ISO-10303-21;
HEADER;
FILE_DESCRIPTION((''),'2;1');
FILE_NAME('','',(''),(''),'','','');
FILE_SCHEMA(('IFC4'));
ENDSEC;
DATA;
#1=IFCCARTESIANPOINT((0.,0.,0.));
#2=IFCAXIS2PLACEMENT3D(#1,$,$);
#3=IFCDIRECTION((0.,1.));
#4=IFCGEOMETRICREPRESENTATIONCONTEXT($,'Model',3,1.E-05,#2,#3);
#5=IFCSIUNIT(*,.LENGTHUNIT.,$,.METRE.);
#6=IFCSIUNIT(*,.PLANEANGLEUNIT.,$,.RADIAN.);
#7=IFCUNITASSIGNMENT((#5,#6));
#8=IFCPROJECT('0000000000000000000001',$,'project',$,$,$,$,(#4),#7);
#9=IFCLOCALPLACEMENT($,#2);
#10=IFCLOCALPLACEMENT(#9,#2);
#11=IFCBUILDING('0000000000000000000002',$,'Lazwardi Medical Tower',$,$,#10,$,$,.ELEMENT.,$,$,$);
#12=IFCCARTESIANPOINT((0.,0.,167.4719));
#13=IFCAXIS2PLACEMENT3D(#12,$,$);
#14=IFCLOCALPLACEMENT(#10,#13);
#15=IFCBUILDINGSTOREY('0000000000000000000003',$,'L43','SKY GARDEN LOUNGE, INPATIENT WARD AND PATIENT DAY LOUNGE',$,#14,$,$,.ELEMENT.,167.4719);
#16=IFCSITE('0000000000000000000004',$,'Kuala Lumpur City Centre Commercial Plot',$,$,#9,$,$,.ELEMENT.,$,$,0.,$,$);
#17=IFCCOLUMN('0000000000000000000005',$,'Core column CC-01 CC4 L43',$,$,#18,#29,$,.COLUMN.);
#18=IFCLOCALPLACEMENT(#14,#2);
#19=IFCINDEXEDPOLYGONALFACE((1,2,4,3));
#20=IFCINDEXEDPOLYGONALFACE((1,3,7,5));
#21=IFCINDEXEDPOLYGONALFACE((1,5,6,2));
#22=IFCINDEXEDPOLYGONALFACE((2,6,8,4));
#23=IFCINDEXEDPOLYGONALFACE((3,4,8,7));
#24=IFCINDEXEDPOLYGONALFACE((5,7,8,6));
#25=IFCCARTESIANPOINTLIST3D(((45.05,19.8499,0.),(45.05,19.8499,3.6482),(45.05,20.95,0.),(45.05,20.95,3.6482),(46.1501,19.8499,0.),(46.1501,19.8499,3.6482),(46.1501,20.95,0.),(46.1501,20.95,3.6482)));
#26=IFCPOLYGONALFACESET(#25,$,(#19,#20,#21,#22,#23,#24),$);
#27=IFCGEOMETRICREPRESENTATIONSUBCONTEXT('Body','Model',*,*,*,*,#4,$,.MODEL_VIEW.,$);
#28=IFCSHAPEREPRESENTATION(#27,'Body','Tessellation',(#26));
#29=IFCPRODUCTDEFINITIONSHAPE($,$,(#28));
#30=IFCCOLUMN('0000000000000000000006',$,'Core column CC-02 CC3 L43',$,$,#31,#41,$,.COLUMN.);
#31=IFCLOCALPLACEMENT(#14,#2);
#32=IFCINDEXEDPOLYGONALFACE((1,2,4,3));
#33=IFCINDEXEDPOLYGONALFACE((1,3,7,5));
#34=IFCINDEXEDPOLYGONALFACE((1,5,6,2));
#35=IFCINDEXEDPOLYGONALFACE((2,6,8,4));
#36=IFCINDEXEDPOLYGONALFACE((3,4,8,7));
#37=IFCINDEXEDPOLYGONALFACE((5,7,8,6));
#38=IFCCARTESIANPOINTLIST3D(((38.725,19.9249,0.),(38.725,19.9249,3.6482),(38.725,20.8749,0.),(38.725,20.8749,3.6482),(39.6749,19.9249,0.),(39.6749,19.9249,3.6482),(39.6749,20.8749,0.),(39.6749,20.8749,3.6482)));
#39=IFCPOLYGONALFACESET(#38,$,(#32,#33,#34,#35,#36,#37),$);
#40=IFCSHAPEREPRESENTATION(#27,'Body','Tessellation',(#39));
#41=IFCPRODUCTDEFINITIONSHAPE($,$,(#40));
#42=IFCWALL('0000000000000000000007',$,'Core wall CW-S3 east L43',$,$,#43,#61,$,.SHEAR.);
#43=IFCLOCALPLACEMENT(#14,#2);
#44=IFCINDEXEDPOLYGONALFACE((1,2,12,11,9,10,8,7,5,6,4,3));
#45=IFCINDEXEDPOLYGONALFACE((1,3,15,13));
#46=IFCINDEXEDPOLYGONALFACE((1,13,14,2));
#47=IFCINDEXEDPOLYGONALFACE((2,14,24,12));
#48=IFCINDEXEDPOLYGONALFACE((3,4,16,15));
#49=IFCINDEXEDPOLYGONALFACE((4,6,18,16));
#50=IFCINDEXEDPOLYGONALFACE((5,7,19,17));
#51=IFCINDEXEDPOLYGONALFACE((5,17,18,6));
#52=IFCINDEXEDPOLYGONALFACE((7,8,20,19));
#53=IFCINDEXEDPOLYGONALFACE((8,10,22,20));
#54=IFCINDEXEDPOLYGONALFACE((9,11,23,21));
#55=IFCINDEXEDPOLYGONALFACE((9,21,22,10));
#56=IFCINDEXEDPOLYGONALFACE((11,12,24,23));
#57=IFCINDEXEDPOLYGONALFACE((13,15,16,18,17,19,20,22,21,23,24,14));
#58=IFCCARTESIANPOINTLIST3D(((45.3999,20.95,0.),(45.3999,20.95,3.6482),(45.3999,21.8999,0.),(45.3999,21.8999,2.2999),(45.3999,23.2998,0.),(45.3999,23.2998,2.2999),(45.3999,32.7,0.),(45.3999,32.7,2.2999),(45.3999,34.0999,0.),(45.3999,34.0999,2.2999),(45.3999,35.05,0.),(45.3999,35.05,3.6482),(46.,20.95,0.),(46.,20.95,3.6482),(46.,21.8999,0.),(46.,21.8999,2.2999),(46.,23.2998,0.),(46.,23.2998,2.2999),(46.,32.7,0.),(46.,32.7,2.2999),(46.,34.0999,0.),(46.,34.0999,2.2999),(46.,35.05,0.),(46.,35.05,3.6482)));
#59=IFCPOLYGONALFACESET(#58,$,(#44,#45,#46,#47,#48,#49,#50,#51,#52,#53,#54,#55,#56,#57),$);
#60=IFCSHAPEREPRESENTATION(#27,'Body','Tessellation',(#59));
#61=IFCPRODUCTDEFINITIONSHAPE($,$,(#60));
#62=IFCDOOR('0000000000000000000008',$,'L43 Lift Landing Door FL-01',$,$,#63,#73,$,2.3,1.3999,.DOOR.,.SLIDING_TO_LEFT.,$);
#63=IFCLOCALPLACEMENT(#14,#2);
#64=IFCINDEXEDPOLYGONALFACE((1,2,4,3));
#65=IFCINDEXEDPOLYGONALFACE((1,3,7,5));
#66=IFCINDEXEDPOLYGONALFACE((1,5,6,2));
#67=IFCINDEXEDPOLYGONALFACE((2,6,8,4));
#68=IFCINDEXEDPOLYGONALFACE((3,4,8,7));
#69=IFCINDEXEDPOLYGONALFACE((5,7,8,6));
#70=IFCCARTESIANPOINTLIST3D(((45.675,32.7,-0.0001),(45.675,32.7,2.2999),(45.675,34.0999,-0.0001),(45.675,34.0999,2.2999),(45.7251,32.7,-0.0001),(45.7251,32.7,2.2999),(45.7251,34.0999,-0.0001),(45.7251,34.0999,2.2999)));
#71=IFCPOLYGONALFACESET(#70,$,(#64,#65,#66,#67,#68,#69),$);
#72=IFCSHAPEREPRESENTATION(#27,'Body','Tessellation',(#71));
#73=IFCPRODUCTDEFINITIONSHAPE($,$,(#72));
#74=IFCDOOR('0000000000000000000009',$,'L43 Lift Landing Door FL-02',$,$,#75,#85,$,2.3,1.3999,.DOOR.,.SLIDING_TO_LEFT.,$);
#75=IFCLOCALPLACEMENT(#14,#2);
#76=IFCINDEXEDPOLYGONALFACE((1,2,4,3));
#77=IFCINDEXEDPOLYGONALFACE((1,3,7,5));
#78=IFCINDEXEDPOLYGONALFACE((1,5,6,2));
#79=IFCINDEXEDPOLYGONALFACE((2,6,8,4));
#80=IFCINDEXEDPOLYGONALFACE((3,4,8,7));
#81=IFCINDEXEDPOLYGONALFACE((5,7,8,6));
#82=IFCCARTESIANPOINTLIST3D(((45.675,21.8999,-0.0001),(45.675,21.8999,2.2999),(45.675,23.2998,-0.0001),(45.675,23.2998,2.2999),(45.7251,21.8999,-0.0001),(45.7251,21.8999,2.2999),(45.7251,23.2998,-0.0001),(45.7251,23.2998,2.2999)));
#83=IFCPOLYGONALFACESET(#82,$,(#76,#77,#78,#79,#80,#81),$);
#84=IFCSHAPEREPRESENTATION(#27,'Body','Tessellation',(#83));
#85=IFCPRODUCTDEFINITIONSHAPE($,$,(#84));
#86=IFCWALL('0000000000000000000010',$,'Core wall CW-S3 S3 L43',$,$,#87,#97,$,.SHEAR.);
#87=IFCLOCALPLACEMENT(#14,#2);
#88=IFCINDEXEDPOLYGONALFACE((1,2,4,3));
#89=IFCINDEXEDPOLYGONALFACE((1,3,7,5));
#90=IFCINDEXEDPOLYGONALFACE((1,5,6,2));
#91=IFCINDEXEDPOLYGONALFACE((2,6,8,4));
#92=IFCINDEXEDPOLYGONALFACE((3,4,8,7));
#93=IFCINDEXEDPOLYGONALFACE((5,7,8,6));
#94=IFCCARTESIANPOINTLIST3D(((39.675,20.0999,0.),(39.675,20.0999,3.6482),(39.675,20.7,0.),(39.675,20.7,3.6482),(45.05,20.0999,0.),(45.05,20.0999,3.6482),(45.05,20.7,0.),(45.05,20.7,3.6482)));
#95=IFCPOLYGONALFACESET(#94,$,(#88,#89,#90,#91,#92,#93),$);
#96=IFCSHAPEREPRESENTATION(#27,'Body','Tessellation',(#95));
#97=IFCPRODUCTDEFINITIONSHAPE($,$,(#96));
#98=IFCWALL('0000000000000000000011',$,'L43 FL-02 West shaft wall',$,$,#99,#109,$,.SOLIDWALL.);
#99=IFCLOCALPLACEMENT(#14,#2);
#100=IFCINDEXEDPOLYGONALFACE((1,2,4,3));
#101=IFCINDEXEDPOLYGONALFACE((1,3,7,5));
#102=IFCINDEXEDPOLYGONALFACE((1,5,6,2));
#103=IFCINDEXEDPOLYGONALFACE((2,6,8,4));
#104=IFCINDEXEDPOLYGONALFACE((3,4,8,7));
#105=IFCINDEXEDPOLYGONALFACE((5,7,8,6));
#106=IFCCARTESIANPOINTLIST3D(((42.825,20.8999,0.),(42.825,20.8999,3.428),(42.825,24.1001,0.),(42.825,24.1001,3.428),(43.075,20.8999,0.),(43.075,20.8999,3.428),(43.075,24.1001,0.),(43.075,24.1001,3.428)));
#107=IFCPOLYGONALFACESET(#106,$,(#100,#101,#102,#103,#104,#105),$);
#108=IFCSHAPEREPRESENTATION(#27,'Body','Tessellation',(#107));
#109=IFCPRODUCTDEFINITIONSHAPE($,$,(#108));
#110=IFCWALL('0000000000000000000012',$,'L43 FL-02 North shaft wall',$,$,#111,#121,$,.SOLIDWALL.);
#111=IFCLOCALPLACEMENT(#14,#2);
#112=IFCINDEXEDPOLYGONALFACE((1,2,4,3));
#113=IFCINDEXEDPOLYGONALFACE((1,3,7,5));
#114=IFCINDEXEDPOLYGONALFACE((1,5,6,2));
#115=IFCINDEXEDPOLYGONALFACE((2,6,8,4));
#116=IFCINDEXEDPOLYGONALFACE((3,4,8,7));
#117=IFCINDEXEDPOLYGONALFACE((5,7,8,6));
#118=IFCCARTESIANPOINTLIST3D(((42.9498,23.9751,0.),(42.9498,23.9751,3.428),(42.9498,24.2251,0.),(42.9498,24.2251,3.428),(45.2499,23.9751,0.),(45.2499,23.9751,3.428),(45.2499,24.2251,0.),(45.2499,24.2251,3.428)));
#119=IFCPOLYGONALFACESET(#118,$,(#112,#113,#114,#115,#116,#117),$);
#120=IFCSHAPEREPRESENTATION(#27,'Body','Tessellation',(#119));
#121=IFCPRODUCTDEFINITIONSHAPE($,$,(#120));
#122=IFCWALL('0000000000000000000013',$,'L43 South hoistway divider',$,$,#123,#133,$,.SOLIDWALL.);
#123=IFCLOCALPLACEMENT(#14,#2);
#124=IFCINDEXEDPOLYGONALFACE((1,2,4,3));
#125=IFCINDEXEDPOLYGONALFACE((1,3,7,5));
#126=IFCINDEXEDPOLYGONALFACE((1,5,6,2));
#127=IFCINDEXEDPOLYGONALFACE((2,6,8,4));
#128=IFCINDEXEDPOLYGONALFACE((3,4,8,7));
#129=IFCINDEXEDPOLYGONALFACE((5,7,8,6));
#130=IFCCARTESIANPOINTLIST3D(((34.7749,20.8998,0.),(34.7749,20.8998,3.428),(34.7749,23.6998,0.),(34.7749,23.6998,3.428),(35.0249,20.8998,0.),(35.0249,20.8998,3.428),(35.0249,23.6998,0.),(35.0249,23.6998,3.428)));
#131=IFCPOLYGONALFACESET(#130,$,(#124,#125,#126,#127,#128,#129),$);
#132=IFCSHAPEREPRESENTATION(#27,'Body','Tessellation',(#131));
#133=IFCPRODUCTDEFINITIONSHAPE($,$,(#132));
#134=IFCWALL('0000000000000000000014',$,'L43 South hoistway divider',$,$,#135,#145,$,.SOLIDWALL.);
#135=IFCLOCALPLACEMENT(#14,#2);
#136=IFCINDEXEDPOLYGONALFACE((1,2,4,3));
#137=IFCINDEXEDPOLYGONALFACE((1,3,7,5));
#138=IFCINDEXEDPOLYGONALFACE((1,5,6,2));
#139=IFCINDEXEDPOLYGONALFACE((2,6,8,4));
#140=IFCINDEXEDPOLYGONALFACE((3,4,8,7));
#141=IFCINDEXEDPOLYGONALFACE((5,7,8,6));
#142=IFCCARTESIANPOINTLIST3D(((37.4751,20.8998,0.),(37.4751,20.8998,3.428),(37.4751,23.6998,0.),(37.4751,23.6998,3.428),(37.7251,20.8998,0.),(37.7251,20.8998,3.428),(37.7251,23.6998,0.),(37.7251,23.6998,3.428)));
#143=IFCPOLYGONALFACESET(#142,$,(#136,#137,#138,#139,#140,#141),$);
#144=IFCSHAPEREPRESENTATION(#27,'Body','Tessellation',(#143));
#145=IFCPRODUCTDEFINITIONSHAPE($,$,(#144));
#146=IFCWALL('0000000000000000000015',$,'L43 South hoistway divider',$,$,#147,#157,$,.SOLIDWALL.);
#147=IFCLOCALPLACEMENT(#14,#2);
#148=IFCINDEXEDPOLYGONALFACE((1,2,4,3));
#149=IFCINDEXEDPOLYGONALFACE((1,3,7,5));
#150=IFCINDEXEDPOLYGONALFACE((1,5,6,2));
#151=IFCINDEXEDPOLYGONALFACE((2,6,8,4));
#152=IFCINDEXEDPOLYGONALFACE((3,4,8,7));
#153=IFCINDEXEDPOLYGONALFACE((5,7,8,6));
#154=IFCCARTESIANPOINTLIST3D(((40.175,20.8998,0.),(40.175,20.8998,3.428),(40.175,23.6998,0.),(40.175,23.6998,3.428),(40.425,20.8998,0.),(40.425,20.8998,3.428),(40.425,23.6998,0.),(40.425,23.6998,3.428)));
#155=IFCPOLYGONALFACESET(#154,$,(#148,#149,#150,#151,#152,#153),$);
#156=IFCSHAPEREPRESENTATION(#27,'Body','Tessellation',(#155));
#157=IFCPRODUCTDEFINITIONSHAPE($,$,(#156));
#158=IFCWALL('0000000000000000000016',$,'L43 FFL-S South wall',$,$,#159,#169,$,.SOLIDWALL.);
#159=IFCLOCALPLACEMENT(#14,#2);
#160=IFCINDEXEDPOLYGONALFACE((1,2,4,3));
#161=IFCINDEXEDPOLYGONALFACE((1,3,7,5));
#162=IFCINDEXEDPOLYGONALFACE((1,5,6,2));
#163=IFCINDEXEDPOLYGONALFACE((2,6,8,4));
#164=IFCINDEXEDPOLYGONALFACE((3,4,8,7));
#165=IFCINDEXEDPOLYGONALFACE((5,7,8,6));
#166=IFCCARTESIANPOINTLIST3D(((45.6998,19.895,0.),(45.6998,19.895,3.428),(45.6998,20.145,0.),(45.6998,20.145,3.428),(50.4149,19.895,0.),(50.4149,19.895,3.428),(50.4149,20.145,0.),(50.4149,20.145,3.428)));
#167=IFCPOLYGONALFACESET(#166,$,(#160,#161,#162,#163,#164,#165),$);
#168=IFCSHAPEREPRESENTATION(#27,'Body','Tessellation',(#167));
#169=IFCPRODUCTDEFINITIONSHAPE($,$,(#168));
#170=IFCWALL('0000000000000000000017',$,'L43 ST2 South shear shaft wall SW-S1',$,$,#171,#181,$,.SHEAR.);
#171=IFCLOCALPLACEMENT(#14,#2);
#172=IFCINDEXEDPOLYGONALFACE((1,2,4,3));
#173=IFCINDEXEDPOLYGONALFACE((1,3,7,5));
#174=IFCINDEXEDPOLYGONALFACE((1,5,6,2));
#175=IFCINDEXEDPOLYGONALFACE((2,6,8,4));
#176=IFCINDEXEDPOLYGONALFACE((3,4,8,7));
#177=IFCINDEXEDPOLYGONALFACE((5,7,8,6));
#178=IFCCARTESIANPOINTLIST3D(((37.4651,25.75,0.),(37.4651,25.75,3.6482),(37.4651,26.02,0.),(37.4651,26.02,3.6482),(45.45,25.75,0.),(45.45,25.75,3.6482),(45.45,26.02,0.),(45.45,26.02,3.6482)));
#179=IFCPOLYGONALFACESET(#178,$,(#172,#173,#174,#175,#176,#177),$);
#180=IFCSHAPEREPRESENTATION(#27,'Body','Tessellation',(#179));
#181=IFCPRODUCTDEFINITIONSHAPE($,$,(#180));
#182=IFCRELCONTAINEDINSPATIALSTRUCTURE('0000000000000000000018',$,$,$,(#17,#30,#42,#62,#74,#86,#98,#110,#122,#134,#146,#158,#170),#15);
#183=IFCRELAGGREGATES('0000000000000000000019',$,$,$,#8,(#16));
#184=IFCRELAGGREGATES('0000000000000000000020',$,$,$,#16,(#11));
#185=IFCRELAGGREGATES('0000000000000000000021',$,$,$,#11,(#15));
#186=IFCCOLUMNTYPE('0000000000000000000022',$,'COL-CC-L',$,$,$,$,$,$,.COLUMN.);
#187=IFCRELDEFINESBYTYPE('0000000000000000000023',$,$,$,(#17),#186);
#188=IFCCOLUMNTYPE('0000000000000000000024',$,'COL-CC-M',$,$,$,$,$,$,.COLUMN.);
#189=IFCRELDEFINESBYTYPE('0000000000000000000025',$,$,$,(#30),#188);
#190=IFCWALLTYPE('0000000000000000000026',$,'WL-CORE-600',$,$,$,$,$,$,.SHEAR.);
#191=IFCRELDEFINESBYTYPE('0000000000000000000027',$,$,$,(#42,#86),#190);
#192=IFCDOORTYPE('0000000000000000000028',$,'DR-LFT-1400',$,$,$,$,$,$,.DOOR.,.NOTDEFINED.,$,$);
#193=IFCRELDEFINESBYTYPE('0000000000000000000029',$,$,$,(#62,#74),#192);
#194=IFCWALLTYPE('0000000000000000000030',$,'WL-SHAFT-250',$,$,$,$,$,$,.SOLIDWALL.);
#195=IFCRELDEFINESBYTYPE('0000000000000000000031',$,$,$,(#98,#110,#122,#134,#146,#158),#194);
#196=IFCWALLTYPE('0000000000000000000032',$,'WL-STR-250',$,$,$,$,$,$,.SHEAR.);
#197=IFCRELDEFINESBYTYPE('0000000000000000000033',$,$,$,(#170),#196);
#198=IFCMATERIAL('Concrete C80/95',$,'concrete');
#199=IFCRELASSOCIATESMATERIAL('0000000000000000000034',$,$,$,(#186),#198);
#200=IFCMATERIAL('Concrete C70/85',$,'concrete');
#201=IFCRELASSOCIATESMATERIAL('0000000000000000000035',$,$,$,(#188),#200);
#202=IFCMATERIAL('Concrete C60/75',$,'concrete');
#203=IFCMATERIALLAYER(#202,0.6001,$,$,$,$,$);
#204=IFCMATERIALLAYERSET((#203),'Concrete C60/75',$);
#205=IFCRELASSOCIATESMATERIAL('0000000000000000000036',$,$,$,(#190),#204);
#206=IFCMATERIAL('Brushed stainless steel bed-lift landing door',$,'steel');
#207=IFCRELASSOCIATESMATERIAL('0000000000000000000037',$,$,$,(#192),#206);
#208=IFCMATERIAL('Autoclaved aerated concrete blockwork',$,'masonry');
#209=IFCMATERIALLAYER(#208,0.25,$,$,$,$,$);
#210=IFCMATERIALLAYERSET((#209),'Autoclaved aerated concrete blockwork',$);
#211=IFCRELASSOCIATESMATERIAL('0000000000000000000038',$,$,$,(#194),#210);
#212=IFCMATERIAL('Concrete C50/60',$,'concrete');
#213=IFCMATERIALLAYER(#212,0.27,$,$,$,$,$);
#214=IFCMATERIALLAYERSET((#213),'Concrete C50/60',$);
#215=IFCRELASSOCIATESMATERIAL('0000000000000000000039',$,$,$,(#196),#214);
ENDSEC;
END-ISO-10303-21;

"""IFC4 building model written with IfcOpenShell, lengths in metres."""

from ifc_helpers import new_model, si_unit, direction, frame, frame_2d, origin, origin_2d, place, context, subcontext, project, spatial, rectangle, extrude, material, layer, layer_set, material_profile, profile_set, type_object, element, fill, save


model = new_model("IFC4")

# Units and contexts
model_context = context("Model", 3, precision=1e-05, world=origin(), true_north=direction((0.0, 1.0)))
body_context = subcontext(model_context, "Body", "Model", "MODEL_VIEW")
ifc_project = project(units=[si_unit("LENGTHUNIT", "METRE"), si_unit("PLANEANGLEUNIT", "RADIAN")], contexts=[model_context])

# Site, building, storey
site_placement = place(None, origin())
site = spatial("IfcSite", under=ifc_project, at=site_placement, Name="Kuala Lumpur City Centre Commercial Plot", CompositionType="ELEMENT", RefElevation=0.0)
building_placement = place(site_placement, origin())
building = spatial("IfcBuilding", under=site, at=building_placement, Name="Lazwardi Medical Tower", CompositionType="ELEMENT")
storey_placement = place(building_placement, frame((0.0, 0.0, 167.4719)))
storey = spatial("IfcBuildingStorey", under=building, at=storey_placement, Name="L43", Description="SKY GARDEN LOUNGE, INPATIENT WARD AND PATIENT DAY LOUNGE", CompositionType="ELEMENT", Elevation=167.4719)

# Columns
ifc_material_1 = material(Name="Concrete C80/95", Category="concrete")
ifc_material_profile_1 = material_profile(ifc_material_1, rectangle(XDim=1.1001, YDim=1.1001, at=origin_2d()), Name="RC 1100x1100")
ifc_profile_set_1 = profile_set([ifc_material_profile_1], Name="Concrete C80/95")
column_type_1 = type_object("IfcColumnType", Name="COL-CC-L", PredefinedType="COLUMN", material=ifc_profile_set_1)
column_1_placement = place(storey_placement, frame((45.6001, 20.3999, 0.0), z_axis=(0.0, 0.0, 1.0), x_axis=(1.0, 0.0, 0.0)))
element("IfcColumn", 1, at=column_1_placement, inside=storey, type_object=column_type_1, Name="Core column CC-01 CC4 L43", PredefinedType="COLUMN", context=body_context, shape_type="SweptSolid", body=[
    extrude(rectangle(XDim=1.1001, YDim=1.1001, at=origin_2d()), origin(), (0.0, 0.0, 1.0), 3.6482),
])
ifc_material_2 = material(Name="Concrete C70/85", Category="concrete")
ifc_material_profile_2 = material_profile(ifc_material_2, rectangle(XDim=0.95, YDim=0.95, at=origin_2d()), Name="RC 950x950")
ifc_profile_set_2 = profile_set([ifc_material_profile_2], Name="Concrete C70/85")
column_type_2 = type_object("IfcColumnType", Name="COL-CC-M", PredefinedType="COLUMN", material=ifc_profile_set_2)
column_2_placement = place(storey_placement, frame((39.2, 20.3999, 0.0), z_axis=(0.0, 0.0, 1.0), x_axis=(1.0, 0.0, 0.0)))
element("IfcColumn", 2, at=column_2_placement, inside=storey, type_object=column_type_2, Name="Core column CC-02 CC3 L43", PredefinedType="COLUMN", context=body_context, shape_type="SweptSolid", body=[
    extrude(rectangle(XDim=0.95, YDim=0.95, at=origin_2d()), origin(), (0.0, 0.0, 1.0), 3.6482),
])

# Wall, openings, doors
ifc_material_3 = material(Name="Concrete C60/75", Category="concrete")
ifc_layer_1 = layer(ifc_material_3, 0.6001)
ifc_layer_set_1 = layer_set([ifc_layer_1], Name="Concrete C60/75")
wall_type_1 = type_object("IfcWallType", Name="WL-CORE-600", PredefinedType="SHEAR", material=ifc_layer_set_1)
wall_1_placement = place(storey_placement, frame((45.7, 20.95, 0.0), z_axis=(0.0, 0.0, 1.0), x_axis=(0.0, 1.0, 0.0)))
wall_1 = element("IfcWall", 3, at=wall_1_placement, inside=storey, type_object=wall_type_1, Name="Core wall CW-S3 east L43", PredefinedType="SHEAR", context=body_context, shape_type="SweptSolid", body=[
    extrude(rectangle(XDim=14.1001, YDim=0.6001, at=frame_2d((7.05, 0.0))), origin(), (0.0, 0.0, 1.0), 3.6482),
])
opening_1_placement = place(wall_1_placement, frame((11.75, 0.0, 0.0)))
opening_1 = element("IfcOpeningElement", 4, at=opening_1_placement, cuts=wall_1, PredefinedType="OPENING", context=body_context, shape_type="SweptSolid", body=[
    extrude(rectangle(XDim=1.3999, YDim=2.3, at=frame_2d((0.7, 1.1499))), frame((0.0, 0.3101, 0.0), z_axis=(0.0, -1.0, 0.0), x_axis=(1.0, 0.0, 0.0)), (0.0, 0.0, 1.0), 0.6201),
])
opening_2_placement = place(wall_1_placement, frame((0.95, 0.0, 0.0)))
opening_2 = element("IfcOpeningElement", 5, at=opening_2_placement, cuts=wall_1, PredefinedType="OPENING", context=body_context, shape_type="SweptSolid", body=[
    extrude(rectangle(XDim=1.3999, YDim=2.3, at=frame_2d((0.7, 1.1499))), frame((0.0, 0.3101, 0.0), z_axis=(0.0, -1.0, 0.0), x_axis=(1.0, 0.0, 0.0)), (0.0, 0.0, 1.0), 0.6201),
])
ifc_material_4 = material(Name="Brushed stainless steel bed-lift landing door", Category="steel")
door_type_1 = type_object("IfcDoorType", Name="DR-LFT-1400", OperationType="NOTDEFINED", PredefinedType="DOOR", material=ifc_material_4)
door_1_placement = place(opening_1_placement, origin())
door_1 = element("IfcDoor", 6, at=door_1_placement, inside=storey, type_object=door_type_1, Name="L43 Lift Landing Door FL-01", OperationType="SLIDING_TO_LEFT", OverallHeight=2.3, OverallWidth=1.3999, PredefinedType="DOOR", context=body_context, shape_type="SweptSolid", body=[
    extrude(rectangle(XDim=1.3999, YDim=2.3, at=frame_2d((0.7, 1.1499))), frame((0.0, 0.0249, 0.0), z_axis=(0.0, -1.0, 0.0), x_axis=(1.0, 0.0, 0.0)), (0.0, 0.0, 1.0), 0.05),
])
fill(opening_1, door_1)
door_2_placement = place(opening_2_placement, origin())
door_2 = element("IfcDoor", 7, at=door_2_placement, inside=storey, type_object=door_type_1, Name="L43 Lift Landing Door FL-02", OperationType="SLIDING_TO_LEFT", OverallHeight=2.3, OverallWidth=1.3999, PredefinedType="DOOR", context=body_context, shape_type="SweptSolid", body=[
    extrude(rectangle(XDim=1.3999, YDim=2.3, at=frame_2d((0.7, 1.1499))), frame((0.0, 0.0249, 0.0), z_axis=(0.0, -1.0, 0.0), x_axis=(1.0, 0.0, 0.0)), (0.0, 0.0, 1.0), 0.05),
])
fill(opening_2, door_2)

# Walls
wall_2_placement = place(storey_placement, frame((39.675, 20.3999, 0.0), z_axis=(0.0, 0.0, 1.0), x_axis=(1.0, 0.0, 0.0)))
element("IfcWall", 8, at=wall_2_placement, inside=storey, type_object=wall_type_1, Name="Core wall CW-S3 S3 L43", PredefinedType="SHEAR", context=body_context, shape_type="SweptSolid", body=[
    extrude(rectangle(XDim=5.375, YDim=0.6001, at=frame_2d((2.6875, 0.0))), origin(), (0.0, 0.0, 1.0), 3.6482),
])
ifc_material_5 = material(Name="Autoclaved aerated concrete blockwork", Category="masonry")
ifc_layer_2 = layer(ifc_material_5, 0.25)
ifc_layer_set_2 = layer_set([ifc_layer_2], Name="Autoclaved aerated concrete blockwork")
wall_type_2 = type_object("IfcWallType", Name="WL-SHAFT-250", PredefinedType="SOLIDWALL", material=ifc_layer_set_2)
wall_3_placement = place(storey_placement, frame((42.95, 20.8999, 0.0), z_axis=(0.0, 0.0, 1.0), x_axis=(0.0, 1.0, 0.0)))
element("IfcWall", 9, at=wall_3_placement, inside=storey, type_object=wall_type_2, Name="L43 FL-02 West shaft wall", PredefinedType="SOLIDWALL", context=body_context, shape_type="SweptSolid", body=[
    extrude(rectangle(XDim=3.2002, YDim=0.25, at=frame_2d((1.6001, 0.0))), origin(), (0.0, 0.0, 1.0), 3.428),
])
wall_4_placement = place(storey_placement, frame((42.95, 24.1001, 0.0), z_axis=(0.0, 0.0, 1.0), x_axis=(1.0, 0.0, 0.0)))
element("IfcWall", 10, at=wall_4_placement, inside=storey, type_object=wall_type_2, Name="L43 FL-02 North shaft wall", PredefinedType="SOLIDWALL", context=body_context, shape_type="SweptSolid", body=[
    extrude(rectangle(XDim=2.3, YDim=0.25, at=frame_2d((1.1499, 0.0))), origin(), (0.0, 0.0, 1.0), 3.428),
])
for number, where, z_axis, x_axis, name in (
    (11, (34.8999, 20.8999, 0.0), (0.0, 0.0, 1.0), (0.0, 1.0, 0.0), "L43 South hoistway divider"),
    (12, (37.6001, 20.8999, 0.0), (0.0, 0.0, 1.0), (0.0, 1.0, 0.0), "L43 South hoistway divider"),
    (13, (40.3, 20.8999, 0.0), (0.0, 0.0, 1.0), (0.0, 1.0, 0.0), "L43 South hoistway divider"),
):
    element("IfcWall", number, at=place(storey_placement, frame(where, z_axis=z_axis, x_axis=x_axis)), inside=storey, type_object=wall_type_2, Name=name, PredefinedType="SOLIDWALL", context=body_context, shape_type="SweptSolid", body=[
        extrude(rectangle(XDim=2.8, YDim=0.25, at=frame_2d((1.3999, 0.0))), origin(), (0.0, 0.0, 1.0), 3.428),
    ])
wall_5_placement = place(storey_placement, frame((45.7, 20.02, 0.0), z_axis=(0.0, 0.0, 1.0), x_axis=(1.0, 0.0, 0.0)))
element("IfcWall", 14, at=wall_5_placement, inside=storey, type_object=wall_type_2, Name="L43 FFL-S South wall", PredefinedType="SOLIDWALL", context=body_context, shape_type="SweptSolid", body=[
    extrude(rectangle(XDim=4.7151, YDim=0.25, at=frame_2d((2.3574, 0.0))), origin(), (0.0, 0.0, 1.0), 3.428),
])

# Shared definitions
ifc_material_6 = material(Name="Concrete C50/60", Category="concrete")
ifc_layer_3 = layer(ifc_material_6, 0.27)
ifc_layer_set_3 = layer_set([ifc_layer_3], Name="Concrete C50/60")
wall_type_3 = type_object("IfcWallType", Name="WL-STR-250", PredefinedType="SHEAR", material=ifc_layer_set_3)

# Wall
wall_6_placement = place(storey_placement, frame((37.4651, 25.885, 0.0), z_axis=(0.0, 0.0, 1.0), x_axis=(1.0, 0.0, 0.0)))
element("IfcWall", 15, at=wall_6_placement, inside=storey, type_object=wall_type_3, Name="L43 ST2 South shear shaft wall SW-S1", PredefinedType="SHEAR", context=body_context, shape_type="SweptSolid", body=[
    extrude(rectangle(XDim=7.9849, YDim=0.27, at=frame_2d((3.9924, 0.0))), origin(), (0.0, 0.0, 1.0), 3.6482),
])

save(model, "model.ifc")
